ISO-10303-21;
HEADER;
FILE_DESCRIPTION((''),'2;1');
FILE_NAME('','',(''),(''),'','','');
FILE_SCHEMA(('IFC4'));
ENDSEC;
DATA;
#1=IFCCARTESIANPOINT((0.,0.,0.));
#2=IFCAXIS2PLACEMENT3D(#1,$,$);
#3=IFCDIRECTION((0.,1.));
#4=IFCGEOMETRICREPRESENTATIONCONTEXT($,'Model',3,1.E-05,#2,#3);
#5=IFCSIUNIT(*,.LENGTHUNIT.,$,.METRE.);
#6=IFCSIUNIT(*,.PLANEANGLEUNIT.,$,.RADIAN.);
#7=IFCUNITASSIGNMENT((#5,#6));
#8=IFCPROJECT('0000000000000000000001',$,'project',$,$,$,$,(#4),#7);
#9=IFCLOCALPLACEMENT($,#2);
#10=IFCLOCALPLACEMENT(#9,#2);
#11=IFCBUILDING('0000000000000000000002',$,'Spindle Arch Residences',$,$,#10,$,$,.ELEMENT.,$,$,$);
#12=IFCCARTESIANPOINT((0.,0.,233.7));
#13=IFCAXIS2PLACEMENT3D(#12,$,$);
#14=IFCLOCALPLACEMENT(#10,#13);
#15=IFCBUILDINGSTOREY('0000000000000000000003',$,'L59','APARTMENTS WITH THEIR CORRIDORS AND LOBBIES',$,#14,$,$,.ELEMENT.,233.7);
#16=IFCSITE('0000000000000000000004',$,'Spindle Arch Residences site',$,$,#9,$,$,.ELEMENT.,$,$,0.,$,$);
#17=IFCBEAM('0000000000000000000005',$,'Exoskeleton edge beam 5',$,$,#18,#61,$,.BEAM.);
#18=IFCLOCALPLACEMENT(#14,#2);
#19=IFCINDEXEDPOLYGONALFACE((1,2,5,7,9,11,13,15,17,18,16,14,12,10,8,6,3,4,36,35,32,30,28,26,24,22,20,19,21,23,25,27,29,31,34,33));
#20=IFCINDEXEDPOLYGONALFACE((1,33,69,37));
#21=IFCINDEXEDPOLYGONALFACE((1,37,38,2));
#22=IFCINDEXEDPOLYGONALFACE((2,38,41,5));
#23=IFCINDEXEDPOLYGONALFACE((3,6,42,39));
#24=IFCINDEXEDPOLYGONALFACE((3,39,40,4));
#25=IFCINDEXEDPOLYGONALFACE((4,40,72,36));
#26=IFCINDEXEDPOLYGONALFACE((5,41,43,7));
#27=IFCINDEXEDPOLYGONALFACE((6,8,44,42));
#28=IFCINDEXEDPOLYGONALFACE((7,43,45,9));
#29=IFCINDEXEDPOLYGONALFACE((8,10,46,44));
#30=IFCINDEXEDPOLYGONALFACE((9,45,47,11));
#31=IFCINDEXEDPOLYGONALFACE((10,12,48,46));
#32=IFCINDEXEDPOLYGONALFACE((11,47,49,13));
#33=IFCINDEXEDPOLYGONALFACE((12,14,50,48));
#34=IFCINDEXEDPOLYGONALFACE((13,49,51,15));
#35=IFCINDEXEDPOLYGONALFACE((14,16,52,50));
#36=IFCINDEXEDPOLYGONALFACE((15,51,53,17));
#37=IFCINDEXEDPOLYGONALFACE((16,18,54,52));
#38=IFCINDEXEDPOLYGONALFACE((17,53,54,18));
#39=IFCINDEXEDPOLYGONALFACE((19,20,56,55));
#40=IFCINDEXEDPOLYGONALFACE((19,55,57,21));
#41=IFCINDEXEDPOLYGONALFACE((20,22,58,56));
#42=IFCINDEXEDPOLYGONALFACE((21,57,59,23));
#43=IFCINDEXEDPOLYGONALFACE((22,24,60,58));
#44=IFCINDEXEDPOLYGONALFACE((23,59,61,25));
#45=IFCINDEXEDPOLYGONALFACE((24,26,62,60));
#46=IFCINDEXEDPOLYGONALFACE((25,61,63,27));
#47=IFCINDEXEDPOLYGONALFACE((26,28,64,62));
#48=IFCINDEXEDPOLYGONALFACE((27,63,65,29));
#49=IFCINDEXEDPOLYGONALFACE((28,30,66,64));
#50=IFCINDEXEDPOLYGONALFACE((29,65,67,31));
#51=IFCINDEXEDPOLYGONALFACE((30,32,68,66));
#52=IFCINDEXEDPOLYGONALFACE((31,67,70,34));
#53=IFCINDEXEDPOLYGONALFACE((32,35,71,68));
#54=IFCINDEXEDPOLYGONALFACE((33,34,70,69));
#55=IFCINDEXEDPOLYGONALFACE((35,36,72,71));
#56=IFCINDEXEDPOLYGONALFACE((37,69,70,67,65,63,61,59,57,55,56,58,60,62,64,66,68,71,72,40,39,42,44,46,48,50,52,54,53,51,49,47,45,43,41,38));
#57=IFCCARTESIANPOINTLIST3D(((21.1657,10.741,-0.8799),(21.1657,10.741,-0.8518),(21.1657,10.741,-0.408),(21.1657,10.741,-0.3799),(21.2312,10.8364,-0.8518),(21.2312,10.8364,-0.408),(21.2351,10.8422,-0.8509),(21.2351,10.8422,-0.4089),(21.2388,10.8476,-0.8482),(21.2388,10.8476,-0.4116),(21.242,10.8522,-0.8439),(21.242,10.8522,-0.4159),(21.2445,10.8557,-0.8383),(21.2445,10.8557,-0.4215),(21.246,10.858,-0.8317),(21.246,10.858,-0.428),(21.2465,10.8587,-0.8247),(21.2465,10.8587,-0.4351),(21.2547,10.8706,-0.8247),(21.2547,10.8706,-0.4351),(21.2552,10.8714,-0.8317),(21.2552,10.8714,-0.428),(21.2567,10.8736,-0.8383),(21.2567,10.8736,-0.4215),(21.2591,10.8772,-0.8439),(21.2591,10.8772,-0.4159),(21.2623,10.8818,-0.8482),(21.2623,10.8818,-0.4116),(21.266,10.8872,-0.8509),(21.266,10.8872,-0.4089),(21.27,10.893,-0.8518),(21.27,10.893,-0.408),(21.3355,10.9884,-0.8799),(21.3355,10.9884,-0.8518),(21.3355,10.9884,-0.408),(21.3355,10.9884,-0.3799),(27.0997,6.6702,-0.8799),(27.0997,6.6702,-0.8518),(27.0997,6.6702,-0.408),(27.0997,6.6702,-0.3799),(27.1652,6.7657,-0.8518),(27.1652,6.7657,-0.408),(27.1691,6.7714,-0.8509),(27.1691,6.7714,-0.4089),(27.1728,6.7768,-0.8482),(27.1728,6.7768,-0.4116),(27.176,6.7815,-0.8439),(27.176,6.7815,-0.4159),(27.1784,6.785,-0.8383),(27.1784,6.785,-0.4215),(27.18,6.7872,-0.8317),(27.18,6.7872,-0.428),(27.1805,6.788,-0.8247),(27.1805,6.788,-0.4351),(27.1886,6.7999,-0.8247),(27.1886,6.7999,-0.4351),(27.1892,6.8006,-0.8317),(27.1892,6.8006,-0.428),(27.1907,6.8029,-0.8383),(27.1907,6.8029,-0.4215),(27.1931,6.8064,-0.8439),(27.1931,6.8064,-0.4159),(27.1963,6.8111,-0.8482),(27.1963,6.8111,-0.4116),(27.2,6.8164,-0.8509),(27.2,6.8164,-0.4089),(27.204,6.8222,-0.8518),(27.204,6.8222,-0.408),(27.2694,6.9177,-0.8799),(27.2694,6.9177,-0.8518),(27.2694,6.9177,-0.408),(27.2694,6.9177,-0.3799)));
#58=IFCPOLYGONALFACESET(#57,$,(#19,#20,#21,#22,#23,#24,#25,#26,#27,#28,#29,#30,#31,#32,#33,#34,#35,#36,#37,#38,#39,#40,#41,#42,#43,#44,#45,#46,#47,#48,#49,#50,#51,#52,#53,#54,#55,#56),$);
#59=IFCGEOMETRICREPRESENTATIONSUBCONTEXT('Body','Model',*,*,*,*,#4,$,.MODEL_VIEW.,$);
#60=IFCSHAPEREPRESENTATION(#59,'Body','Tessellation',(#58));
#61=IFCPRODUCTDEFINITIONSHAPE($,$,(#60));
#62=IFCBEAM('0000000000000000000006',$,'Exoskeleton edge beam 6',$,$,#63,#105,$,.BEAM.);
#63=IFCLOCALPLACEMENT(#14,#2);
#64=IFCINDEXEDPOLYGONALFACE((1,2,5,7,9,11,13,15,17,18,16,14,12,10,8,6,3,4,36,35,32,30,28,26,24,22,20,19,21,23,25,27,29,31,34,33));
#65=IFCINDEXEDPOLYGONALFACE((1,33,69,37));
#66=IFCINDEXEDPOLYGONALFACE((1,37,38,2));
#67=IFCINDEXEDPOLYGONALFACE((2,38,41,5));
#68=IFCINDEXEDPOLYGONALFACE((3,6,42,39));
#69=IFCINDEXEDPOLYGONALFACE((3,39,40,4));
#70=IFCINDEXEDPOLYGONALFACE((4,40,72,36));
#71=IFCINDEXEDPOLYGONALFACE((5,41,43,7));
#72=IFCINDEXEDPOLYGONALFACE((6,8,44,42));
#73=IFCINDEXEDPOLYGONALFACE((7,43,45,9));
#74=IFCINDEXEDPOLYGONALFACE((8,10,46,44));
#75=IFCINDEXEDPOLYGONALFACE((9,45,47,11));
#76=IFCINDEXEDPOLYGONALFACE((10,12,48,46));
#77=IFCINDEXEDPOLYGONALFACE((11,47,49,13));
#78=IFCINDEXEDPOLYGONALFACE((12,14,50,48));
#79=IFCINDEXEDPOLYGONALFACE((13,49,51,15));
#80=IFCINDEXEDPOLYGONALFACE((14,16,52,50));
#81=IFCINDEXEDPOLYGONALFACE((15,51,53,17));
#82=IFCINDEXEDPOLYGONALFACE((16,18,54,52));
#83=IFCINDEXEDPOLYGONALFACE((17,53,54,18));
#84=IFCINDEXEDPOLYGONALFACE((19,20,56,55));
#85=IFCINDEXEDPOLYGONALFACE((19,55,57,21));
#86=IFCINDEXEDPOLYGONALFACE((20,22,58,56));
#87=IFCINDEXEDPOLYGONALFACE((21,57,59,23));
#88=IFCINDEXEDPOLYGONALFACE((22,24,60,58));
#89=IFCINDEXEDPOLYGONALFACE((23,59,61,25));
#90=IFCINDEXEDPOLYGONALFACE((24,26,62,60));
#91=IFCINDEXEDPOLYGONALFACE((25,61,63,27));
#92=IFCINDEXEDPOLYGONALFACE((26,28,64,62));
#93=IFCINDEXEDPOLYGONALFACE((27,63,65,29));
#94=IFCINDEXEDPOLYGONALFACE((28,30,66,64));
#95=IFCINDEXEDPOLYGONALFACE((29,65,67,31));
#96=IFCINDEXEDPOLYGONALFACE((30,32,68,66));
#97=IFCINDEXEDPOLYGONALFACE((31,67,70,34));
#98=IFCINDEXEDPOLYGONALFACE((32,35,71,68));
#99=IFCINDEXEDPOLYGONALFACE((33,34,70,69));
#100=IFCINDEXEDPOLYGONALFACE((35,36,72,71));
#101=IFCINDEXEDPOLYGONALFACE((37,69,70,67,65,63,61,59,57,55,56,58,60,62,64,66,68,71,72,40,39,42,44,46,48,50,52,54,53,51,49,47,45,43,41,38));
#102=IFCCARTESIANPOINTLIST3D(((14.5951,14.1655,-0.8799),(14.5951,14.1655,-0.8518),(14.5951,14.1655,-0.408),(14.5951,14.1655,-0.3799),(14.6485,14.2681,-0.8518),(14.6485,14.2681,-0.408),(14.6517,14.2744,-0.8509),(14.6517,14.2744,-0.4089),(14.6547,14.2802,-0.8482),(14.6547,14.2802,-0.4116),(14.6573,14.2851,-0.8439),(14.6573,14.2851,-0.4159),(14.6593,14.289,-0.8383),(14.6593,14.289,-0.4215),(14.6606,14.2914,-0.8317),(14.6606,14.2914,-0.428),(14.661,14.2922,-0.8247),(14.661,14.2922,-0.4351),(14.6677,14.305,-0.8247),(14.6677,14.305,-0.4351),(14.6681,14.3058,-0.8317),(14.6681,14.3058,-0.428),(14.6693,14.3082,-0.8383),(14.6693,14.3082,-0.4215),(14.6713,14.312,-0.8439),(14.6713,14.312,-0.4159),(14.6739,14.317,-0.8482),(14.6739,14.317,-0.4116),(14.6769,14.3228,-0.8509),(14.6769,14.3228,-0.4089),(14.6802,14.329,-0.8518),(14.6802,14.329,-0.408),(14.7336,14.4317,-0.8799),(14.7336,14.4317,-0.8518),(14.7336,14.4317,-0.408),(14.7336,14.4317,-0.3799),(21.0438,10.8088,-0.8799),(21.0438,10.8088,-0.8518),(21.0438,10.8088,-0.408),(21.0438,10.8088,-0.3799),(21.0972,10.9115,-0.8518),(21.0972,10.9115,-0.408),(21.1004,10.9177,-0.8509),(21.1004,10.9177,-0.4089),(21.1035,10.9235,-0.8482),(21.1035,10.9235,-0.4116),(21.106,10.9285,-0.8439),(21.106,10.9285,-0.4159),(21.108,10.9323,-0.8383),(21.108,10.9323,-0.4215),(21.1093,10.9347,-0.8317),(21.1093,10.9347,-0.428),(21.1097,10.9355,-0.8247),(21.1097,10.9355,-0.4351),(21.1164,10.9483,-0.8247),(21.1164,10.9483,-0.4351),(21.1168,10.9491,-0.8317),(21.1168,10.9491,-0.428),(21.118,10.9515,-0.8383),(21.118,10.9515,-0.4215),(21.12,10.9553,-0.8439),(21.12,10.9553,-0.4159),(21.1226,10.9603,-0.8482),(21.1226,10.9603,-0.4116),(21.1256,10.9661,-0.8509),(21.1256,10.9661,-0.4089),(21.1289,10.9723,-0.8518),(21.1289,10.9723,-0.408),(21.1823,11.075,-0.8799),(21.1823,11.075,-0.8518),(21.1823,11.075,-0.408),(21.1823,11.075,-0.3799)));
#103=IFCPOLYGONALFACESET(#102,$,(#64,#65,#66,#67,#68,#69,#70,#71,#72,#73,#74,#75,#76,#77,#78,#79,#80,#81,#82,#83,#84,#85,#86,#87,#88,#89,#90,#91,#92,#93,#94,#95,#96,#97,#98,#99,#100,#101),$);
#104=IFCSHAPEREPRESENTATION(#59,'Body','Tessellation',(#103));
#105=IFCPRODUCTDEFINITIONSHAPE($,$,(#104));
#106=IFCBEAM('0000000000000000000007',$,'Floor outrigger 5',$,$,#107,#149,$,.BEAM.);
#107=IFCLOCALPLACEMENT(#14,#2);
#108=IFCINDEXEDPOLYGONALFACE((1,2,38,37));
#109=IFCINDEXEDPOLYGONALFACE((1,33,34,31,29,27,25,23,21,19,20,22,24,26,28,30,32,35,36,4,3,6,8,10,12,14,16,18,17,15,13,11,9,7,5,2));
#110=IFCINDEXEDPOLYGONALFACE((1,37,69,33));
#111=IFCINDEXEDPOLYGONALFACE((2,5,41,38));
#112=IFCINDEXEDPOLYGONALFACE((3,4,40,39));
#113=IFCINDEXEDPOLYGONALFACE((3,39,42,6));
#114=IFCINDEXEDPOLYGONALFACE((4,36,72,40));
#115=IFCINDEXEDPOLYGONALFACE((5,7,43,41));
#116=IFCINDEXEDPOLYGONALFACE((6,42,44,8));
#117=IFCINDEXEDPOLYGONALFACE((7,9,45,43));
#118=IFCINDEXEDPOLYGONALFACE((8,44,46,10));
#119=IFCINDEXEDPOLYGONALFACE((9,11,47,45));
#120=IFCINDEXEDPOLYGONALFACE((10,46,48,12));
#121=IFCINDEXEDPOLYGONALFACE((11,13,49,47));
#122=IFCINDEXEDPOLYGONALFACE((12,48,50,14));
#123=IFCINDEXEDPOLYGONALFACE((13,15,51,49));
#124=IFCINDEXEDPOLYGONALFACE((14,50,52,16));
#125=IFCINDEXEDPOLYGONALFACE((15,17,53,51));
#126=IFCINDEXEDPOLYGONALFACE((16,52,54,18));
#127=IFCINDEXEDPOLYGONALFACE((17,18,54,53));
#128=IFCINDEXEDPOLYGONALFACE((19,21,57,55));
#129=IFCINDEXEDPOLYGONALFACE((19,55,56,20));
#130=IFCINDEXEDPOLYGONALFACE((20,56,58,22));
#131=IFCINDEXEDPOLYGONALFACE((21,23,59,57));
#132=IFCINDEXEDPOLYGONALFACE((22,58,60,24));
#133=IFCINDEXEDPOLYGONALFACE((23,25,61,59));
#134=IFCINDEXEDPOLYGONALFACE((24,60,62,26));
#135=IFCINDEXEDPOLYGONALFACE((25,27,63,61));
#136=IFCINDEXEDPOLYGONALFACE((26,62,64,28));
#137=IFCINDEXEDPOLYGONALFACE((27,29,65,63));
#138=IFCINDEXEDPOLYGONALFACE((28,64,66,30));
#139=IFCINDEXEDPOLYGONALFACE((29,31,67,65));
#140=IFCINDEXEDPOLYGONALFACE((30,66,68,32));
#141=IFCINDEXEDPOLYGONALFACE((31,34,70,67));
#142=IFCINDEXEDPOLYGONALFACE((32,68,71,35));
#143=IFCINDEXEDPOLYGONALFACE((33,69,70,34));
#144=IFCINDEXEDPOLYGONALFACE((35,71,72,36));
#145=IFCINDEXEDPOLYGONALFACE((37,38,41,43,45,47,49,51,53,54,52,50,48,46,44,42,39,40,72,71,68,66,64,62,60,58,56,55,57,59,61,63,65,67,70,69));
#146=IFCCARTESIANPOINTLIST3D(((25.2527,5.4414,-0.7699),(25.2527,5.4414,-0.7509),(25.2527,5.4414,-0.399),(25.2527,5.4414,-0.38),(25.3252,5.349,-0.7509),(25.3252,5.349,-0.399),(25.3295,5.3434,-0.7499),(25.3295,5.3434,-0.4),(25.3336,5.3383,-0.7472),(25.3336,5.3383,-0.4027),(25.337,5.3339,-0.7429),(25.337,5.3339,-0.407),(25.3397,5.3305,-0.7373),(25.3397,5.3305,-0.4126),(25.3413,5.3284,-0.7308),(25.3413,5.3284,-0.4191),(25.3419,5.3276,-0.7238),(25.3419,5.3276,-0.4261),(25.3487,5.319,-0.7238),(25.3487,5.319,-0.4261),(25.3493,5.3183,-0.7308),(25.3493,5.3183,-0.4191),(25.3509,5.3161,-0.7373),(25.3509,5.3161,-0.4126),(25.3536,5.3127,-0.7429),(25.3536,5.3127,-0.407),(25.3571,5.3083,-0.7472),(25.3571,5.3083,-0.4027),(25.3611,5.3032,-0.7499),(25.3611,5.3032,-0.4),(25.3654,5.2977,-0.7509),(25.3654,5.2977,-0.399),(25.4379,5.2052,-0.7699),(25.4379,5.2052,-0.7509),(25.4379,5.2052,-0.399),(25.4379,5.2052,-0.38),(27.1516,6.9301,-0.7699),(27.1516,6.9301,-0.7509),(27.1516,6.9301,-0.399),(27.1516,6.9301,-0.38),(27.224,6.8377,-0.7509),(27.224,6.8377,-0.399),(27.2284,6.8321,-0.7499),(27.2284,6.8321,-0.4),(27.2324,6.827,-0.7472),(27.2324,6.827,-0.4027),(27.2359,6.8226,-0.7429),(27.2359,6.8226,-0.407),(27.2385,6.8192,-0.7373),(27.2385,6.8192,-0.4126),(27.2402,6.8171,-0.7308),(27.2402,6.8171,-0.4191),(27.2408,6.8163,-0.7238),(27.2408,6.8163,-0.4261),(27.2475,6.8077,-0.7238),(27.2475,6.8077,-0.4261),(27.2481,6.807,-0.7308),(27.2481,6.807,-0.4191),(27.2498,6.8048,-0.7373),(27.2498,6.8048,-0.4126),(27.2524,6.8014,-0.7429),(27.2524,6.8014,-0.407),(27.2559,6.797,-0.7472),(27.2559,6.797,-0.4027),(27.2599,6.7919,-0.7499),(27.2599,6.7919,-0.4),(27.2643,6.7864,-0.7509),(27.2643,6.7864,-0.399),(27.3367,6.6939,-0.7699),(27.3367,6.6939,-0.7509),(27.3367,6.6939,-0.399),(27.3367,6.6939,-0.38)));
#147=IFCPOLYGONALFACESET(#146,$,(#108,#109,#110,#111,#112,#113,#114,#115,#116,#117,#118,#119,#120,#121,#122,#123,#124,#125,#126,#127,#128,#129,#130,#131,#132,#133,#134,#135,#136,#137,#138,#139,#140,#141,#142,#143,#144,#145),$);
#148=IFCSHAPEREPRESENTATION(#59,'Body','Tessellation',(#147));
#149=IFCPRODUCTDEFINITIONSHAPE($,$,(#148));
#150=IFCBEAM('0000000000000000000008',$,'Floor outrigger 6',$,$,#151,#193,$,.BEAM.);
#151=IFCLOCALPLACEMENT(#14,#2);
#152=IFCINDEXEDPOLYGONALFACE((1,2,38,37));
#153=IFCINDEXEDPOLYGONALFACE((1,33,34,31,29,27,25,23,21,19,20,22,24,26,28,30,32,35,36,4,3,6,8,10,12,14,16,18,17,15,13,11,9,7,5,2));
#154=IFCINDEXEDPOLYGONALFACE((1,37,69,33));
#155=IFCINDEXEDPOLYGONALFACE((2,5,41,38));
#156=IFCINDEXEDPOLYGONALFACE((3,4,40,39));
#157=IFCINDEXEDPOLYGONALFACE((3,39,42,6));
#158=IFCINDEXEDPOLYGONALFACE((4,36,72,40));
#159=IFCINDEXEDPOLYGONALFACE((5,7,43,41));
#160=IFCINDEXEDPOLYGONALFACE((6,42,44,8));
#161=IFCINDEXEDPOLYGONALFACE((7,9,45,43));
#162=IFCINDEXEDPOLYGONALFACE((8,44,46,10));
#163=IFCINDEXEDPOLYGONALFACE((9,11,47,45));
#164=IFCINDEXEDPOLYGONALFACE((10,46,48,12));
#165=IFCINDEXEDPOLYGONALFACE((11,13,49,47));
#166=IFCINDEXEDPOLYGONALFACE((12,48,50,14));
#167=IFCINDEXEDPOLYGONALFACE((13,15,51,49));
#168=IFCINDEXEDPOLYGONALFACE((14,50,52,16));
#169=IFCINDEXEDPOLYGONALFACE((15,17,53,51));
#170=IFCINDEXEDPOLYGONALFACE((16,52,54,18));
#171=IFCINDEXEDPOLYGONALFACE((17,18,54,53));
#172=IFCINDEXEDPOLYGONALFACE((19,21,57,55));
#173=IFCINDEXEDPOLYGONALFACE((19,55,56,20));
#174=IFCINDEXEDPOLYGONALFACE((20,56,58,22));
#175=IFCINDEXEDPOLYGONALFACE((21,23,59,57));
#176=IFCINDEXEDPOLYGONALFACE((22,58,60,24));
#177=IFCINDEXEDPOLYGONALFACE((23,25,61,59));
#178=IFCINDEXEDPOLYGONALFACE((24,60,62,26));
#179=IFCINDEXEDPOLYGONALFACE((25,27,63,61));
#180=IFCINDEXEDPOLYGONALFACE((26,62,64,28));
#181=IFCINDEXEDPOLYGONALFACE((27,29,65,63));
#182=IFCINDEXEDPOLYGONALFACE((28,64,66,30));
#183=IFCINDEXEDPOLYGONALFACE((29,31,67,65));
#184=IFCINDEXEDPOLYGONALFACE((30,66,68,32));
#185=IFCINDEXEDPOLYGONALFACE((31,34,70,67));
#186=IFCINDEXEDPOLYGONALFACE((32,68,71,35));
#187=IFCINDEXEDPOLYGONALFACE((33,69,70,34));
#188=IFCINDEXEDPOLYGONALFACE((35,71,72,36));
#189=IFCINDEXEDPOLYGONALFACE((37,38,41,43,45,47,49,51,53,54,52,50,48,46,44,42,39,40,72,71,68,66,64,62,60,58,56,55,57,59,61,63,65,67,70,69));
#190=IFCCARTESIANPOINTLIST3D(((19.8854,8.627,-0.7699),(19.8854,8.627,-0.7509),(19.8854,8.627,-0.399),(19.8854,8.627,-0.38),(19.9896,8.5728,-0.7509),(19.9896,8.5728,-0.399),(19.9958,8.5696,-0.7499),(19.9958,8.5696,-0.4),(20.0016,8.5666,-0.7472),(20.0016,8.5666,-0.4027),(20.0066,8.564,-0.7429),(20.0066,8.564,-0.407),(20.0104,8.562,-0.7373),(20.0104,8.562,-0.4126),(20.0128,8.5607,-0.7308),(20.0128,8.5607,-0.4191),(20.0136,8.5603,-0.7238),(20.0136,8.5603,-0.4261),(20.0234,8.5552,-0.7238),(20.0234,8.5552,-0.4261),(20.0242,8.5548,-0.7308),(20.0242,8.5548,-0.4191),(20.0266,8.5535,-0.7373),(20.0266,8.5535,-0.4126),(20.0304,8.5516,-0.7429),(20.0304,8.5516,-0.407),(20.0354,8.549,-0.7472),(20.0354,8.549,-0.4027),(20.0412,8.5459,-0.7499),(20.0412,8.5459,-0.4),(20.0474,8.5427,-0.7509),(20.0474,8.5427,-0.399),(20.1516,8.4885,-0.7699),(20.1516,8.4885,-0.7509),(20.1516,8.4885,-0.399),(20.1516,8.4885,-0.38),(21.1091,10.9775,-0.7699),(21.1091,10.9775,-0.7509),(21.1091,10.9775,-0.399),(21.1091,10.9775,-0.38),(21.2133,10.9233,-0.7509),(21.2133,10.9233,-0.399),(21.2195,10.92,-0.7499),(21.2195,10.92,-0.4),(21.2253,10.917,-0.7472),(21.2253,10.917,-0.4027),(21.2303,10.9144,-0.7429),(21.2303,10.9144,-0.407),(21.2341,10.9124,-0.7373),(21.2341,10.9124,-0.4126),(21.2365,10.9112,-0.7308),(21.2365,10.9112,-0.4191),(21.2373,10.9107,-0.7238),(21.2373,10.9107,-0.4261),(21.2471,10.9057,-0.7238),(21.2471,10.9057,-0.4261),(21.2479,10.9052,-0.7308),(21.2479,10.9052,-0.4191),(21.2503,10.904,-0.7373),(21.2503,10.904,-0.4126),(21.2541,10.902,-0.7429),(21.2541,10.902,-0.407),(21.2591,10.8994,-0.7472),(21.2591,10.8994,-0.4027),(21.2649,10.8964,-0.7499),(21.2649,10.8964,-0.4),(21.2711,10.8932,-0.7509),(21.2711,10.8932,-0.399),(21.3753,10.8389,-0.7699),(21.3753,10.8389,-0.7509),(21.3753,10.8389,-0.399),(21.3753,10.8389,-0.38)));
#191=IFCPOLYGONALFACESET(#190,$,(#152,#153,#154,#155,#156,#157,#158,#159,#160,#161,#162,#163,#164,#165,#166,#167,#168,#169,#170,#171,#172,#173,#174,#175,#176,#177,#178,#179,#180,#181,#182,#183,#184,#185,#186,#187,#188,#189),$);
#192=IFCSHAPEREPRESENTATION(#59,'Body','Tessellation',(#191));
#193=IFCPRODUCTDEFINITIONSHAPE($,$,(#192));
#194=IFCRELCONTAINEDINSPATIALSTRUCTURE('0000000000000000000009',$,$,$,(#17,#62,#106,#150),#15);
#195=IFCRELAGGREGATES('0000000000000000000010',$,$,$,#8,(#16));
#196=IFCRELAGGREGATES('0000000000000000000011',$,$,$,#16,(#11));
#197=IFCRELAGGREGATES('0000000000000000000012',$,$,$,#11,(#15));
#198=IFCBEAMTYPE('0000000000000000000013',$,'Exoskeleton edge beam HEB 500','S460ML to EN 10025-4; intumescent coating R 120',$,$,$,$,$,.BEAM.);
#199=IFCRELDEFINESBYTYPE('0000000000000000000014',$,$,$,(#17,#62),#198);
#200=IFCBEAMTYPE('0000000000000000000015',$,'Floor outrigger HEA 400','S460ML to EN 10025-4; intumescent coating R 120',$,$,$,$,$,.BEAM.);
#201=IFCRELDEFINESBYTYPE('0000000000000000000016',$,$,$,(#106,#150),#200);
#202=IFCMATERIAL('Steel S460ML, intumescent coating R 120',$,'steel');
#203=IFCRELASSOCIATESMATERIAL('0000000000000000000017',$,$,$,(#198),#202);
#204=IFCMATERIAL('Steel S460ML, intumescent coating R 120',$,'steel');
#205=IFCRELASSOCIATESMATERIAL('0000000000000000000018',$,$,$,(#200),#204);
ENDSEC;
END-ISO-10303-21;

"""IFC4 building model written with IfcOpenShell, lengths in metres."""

from ifc_helpers import new_model, si_unit, direction, frame, origin, origin_2d, place, context, subcontext, project, spatial, i_section, extrude, material, material_profile, profile_set, type_object, element, save


model = new_model("IFC4")

# Units and contexts
model_context = context("Model", 3, precision=1e-05, world=origin(), true_north=direction((0.0, 1.0)))
body_context = subcontext(model_context, "Body", "Model", "MODEL_VIEW")
ifc_project = project(units=[si_unit("LENGTHUNIT", "METRE"), si_unit("PLANEANGLEUNIT", "RADIAN")], contexts=[model_context])

# Site, building, storey
site_placement = place(None, origin())
site = spatial("IfcSite", under=ifc_project, at=site_placement, Name="Spindle Arch Residences site", CompositionType="ELEMENT", RefElevation=0.0)
building_placement = place(site_placement, origin())
building = spatial("IfcBuilding", under=site, at=building_placement, Name="Spindle Arch Residences", CompositionType="ELEMENT")
storey_placement = place(building_placement, frame((0.0, 0.0, 233.7)))
storey = spatial("IfcBuildingStorey", under=building, at=storey_placement, Name="L59", Description="APARTMENTS WITH THEIR CORRIDORS AND LOBBIES", CompositionType="ELEMENT", Elevation=233.7)

# Beams
ifc_material_1 = material(Name="Steel S460ML, intumescent coating R 120", Category="steel")
ifc_material_profile_1 = material_profile(ifc_material_1, i_section(OverallWidth=0.3, OverallDepth=0.5, WebThickness=0.0144, FlangeThickness=0.0281, FilletRadius=0.0271, at=origin_2d()), Name="HEB 500")
ifc_profile_set_1 = profile_set([ifc_material_profile_1], Name="Steel S460ML, intumescent coating R 120")
beam_type_1 = type_object("IfcBeamType", Name="Exoskeleton edge beam HEB 500", Description="S460ML to EN 10025-4; intumescent coating R 120", PredefinedType="BEAM", material=ifc_profile_set_1)
beam_1_placement = place(storey_placement, frame((27.1846, 6.7939, -0.6299), z_axis=(-0.824618, 0.565691, 0.0), x_axis=(-0.565691, -0.824618, 0.0)))
element("IfcBeam", 1, at=beam_1_placement, inside=storey, type_object=beam_type_1, Name="Exoskeleton edge beam 5", PredefinedType="BEAM", context=body_context, shape_type="SweptSolid", body=[
    extrude(i_section(OverallWidth=0.3, OverallDepth=0.5, WebThickness=0.0144, FlangeThickness=0.0281, FilletRadius=0.0271, at=origin_2d()), origin(), (0.0, 0.0, 1.0), 7.196),
])
beam_2_placement = place(storey_placement, frame((21.113, 10.9419, -0.6299), z_axis=(-0.887028, 0.461715, 0.0), x_axis=(-0.461715, -0.887028, 0.0)))
element("IfcBeam", 2, at=beam_2_placement, inside=storey, type_object=beam_type_1, Name="Exoskeleton edge beam 6", PredefinedType="BEAM", context=body_context, shape_type="SweptSolid", body=[
    extrude(i_section(OverallWidth=0.3, OverallDepth=0.5, WebThickness=0.0144, FlangeThickness=0.0281, FilletRadius=0.0271, at=origin_2d()), origin(), (0.0, 0.0, 1.0), 7.27),
])
ifc_material_2 = material(Name="Steel S460ML, intumescent coating R 120", Category="steel")
ifc_material_profile_2 = material_profile(ifc_material_2, i_section(OverallWidth=0.3, OverallDepth=0.3899, WebThickness=0.011, FlangeThickness=0.019, FilletRadius=0.0271, at=origin_2d()), Name="HEA 400")
ifc_profile_set_2 = profile_set([ifc_material_profile_2], Name="Steel S460ML, intumescent coating R 120")
beam_type_2 = type_object("IfcBeamType", Name="Floor outrigger HEA 400", Description="S460ML to EN 10025-4; intumescent coating R 120", PredefinedType="BEAM", material=ifc_profile_set_2)
beam_3_placement = place(storey_placement, frame((27.2441, 6.812, -0.575), z_axis=(-0.786971, -0.61699, 0.0), x_axis=(0.61699, -0.786971, 0.0)))
element("IfcBeam", 3, at=beam_3_placement, inside=storey, type_object=beam_type_2, Name="Floor outrigger 5", PredefinedType="BEAM", context=body_context, shape_type="SweptSolid", body=[
    extrude(i_section(OverallWidth=0.3, OverallDepth=0.3899, WebThickness=0.011, FlangeThickness=0.019, FilletRadius=0.0271, at=origin_2d()), origin(), (0.0, 0.0, 1.0), 2.4128),
])
beam_4_placement = place(storey_placement, frame((21.2422, 10.9082, -0.575), z_axis=(-0.461785, -0.886992, 0.0), x_axis=(0.886992, -0.461785, 0.0)))
element("IfcBeam", 4, at=beam_4_placement, inside=storey, type_object=beam_type_2, Name="Floor outrigger 6", PredefinedType="BEAM", context=body_context, shape_type="SweptSolid", body=[
    extrude(i_section(OverallWidth=0.3, OverallDepth=0.3899, WebThickness=0.011, FlangeThickness=0.019, FilletRadius=0.0271, at=origin_2d()), origin(), (0.0, 0.0, 1.0), 2.6499),
])

save(model, "model.ifc")
